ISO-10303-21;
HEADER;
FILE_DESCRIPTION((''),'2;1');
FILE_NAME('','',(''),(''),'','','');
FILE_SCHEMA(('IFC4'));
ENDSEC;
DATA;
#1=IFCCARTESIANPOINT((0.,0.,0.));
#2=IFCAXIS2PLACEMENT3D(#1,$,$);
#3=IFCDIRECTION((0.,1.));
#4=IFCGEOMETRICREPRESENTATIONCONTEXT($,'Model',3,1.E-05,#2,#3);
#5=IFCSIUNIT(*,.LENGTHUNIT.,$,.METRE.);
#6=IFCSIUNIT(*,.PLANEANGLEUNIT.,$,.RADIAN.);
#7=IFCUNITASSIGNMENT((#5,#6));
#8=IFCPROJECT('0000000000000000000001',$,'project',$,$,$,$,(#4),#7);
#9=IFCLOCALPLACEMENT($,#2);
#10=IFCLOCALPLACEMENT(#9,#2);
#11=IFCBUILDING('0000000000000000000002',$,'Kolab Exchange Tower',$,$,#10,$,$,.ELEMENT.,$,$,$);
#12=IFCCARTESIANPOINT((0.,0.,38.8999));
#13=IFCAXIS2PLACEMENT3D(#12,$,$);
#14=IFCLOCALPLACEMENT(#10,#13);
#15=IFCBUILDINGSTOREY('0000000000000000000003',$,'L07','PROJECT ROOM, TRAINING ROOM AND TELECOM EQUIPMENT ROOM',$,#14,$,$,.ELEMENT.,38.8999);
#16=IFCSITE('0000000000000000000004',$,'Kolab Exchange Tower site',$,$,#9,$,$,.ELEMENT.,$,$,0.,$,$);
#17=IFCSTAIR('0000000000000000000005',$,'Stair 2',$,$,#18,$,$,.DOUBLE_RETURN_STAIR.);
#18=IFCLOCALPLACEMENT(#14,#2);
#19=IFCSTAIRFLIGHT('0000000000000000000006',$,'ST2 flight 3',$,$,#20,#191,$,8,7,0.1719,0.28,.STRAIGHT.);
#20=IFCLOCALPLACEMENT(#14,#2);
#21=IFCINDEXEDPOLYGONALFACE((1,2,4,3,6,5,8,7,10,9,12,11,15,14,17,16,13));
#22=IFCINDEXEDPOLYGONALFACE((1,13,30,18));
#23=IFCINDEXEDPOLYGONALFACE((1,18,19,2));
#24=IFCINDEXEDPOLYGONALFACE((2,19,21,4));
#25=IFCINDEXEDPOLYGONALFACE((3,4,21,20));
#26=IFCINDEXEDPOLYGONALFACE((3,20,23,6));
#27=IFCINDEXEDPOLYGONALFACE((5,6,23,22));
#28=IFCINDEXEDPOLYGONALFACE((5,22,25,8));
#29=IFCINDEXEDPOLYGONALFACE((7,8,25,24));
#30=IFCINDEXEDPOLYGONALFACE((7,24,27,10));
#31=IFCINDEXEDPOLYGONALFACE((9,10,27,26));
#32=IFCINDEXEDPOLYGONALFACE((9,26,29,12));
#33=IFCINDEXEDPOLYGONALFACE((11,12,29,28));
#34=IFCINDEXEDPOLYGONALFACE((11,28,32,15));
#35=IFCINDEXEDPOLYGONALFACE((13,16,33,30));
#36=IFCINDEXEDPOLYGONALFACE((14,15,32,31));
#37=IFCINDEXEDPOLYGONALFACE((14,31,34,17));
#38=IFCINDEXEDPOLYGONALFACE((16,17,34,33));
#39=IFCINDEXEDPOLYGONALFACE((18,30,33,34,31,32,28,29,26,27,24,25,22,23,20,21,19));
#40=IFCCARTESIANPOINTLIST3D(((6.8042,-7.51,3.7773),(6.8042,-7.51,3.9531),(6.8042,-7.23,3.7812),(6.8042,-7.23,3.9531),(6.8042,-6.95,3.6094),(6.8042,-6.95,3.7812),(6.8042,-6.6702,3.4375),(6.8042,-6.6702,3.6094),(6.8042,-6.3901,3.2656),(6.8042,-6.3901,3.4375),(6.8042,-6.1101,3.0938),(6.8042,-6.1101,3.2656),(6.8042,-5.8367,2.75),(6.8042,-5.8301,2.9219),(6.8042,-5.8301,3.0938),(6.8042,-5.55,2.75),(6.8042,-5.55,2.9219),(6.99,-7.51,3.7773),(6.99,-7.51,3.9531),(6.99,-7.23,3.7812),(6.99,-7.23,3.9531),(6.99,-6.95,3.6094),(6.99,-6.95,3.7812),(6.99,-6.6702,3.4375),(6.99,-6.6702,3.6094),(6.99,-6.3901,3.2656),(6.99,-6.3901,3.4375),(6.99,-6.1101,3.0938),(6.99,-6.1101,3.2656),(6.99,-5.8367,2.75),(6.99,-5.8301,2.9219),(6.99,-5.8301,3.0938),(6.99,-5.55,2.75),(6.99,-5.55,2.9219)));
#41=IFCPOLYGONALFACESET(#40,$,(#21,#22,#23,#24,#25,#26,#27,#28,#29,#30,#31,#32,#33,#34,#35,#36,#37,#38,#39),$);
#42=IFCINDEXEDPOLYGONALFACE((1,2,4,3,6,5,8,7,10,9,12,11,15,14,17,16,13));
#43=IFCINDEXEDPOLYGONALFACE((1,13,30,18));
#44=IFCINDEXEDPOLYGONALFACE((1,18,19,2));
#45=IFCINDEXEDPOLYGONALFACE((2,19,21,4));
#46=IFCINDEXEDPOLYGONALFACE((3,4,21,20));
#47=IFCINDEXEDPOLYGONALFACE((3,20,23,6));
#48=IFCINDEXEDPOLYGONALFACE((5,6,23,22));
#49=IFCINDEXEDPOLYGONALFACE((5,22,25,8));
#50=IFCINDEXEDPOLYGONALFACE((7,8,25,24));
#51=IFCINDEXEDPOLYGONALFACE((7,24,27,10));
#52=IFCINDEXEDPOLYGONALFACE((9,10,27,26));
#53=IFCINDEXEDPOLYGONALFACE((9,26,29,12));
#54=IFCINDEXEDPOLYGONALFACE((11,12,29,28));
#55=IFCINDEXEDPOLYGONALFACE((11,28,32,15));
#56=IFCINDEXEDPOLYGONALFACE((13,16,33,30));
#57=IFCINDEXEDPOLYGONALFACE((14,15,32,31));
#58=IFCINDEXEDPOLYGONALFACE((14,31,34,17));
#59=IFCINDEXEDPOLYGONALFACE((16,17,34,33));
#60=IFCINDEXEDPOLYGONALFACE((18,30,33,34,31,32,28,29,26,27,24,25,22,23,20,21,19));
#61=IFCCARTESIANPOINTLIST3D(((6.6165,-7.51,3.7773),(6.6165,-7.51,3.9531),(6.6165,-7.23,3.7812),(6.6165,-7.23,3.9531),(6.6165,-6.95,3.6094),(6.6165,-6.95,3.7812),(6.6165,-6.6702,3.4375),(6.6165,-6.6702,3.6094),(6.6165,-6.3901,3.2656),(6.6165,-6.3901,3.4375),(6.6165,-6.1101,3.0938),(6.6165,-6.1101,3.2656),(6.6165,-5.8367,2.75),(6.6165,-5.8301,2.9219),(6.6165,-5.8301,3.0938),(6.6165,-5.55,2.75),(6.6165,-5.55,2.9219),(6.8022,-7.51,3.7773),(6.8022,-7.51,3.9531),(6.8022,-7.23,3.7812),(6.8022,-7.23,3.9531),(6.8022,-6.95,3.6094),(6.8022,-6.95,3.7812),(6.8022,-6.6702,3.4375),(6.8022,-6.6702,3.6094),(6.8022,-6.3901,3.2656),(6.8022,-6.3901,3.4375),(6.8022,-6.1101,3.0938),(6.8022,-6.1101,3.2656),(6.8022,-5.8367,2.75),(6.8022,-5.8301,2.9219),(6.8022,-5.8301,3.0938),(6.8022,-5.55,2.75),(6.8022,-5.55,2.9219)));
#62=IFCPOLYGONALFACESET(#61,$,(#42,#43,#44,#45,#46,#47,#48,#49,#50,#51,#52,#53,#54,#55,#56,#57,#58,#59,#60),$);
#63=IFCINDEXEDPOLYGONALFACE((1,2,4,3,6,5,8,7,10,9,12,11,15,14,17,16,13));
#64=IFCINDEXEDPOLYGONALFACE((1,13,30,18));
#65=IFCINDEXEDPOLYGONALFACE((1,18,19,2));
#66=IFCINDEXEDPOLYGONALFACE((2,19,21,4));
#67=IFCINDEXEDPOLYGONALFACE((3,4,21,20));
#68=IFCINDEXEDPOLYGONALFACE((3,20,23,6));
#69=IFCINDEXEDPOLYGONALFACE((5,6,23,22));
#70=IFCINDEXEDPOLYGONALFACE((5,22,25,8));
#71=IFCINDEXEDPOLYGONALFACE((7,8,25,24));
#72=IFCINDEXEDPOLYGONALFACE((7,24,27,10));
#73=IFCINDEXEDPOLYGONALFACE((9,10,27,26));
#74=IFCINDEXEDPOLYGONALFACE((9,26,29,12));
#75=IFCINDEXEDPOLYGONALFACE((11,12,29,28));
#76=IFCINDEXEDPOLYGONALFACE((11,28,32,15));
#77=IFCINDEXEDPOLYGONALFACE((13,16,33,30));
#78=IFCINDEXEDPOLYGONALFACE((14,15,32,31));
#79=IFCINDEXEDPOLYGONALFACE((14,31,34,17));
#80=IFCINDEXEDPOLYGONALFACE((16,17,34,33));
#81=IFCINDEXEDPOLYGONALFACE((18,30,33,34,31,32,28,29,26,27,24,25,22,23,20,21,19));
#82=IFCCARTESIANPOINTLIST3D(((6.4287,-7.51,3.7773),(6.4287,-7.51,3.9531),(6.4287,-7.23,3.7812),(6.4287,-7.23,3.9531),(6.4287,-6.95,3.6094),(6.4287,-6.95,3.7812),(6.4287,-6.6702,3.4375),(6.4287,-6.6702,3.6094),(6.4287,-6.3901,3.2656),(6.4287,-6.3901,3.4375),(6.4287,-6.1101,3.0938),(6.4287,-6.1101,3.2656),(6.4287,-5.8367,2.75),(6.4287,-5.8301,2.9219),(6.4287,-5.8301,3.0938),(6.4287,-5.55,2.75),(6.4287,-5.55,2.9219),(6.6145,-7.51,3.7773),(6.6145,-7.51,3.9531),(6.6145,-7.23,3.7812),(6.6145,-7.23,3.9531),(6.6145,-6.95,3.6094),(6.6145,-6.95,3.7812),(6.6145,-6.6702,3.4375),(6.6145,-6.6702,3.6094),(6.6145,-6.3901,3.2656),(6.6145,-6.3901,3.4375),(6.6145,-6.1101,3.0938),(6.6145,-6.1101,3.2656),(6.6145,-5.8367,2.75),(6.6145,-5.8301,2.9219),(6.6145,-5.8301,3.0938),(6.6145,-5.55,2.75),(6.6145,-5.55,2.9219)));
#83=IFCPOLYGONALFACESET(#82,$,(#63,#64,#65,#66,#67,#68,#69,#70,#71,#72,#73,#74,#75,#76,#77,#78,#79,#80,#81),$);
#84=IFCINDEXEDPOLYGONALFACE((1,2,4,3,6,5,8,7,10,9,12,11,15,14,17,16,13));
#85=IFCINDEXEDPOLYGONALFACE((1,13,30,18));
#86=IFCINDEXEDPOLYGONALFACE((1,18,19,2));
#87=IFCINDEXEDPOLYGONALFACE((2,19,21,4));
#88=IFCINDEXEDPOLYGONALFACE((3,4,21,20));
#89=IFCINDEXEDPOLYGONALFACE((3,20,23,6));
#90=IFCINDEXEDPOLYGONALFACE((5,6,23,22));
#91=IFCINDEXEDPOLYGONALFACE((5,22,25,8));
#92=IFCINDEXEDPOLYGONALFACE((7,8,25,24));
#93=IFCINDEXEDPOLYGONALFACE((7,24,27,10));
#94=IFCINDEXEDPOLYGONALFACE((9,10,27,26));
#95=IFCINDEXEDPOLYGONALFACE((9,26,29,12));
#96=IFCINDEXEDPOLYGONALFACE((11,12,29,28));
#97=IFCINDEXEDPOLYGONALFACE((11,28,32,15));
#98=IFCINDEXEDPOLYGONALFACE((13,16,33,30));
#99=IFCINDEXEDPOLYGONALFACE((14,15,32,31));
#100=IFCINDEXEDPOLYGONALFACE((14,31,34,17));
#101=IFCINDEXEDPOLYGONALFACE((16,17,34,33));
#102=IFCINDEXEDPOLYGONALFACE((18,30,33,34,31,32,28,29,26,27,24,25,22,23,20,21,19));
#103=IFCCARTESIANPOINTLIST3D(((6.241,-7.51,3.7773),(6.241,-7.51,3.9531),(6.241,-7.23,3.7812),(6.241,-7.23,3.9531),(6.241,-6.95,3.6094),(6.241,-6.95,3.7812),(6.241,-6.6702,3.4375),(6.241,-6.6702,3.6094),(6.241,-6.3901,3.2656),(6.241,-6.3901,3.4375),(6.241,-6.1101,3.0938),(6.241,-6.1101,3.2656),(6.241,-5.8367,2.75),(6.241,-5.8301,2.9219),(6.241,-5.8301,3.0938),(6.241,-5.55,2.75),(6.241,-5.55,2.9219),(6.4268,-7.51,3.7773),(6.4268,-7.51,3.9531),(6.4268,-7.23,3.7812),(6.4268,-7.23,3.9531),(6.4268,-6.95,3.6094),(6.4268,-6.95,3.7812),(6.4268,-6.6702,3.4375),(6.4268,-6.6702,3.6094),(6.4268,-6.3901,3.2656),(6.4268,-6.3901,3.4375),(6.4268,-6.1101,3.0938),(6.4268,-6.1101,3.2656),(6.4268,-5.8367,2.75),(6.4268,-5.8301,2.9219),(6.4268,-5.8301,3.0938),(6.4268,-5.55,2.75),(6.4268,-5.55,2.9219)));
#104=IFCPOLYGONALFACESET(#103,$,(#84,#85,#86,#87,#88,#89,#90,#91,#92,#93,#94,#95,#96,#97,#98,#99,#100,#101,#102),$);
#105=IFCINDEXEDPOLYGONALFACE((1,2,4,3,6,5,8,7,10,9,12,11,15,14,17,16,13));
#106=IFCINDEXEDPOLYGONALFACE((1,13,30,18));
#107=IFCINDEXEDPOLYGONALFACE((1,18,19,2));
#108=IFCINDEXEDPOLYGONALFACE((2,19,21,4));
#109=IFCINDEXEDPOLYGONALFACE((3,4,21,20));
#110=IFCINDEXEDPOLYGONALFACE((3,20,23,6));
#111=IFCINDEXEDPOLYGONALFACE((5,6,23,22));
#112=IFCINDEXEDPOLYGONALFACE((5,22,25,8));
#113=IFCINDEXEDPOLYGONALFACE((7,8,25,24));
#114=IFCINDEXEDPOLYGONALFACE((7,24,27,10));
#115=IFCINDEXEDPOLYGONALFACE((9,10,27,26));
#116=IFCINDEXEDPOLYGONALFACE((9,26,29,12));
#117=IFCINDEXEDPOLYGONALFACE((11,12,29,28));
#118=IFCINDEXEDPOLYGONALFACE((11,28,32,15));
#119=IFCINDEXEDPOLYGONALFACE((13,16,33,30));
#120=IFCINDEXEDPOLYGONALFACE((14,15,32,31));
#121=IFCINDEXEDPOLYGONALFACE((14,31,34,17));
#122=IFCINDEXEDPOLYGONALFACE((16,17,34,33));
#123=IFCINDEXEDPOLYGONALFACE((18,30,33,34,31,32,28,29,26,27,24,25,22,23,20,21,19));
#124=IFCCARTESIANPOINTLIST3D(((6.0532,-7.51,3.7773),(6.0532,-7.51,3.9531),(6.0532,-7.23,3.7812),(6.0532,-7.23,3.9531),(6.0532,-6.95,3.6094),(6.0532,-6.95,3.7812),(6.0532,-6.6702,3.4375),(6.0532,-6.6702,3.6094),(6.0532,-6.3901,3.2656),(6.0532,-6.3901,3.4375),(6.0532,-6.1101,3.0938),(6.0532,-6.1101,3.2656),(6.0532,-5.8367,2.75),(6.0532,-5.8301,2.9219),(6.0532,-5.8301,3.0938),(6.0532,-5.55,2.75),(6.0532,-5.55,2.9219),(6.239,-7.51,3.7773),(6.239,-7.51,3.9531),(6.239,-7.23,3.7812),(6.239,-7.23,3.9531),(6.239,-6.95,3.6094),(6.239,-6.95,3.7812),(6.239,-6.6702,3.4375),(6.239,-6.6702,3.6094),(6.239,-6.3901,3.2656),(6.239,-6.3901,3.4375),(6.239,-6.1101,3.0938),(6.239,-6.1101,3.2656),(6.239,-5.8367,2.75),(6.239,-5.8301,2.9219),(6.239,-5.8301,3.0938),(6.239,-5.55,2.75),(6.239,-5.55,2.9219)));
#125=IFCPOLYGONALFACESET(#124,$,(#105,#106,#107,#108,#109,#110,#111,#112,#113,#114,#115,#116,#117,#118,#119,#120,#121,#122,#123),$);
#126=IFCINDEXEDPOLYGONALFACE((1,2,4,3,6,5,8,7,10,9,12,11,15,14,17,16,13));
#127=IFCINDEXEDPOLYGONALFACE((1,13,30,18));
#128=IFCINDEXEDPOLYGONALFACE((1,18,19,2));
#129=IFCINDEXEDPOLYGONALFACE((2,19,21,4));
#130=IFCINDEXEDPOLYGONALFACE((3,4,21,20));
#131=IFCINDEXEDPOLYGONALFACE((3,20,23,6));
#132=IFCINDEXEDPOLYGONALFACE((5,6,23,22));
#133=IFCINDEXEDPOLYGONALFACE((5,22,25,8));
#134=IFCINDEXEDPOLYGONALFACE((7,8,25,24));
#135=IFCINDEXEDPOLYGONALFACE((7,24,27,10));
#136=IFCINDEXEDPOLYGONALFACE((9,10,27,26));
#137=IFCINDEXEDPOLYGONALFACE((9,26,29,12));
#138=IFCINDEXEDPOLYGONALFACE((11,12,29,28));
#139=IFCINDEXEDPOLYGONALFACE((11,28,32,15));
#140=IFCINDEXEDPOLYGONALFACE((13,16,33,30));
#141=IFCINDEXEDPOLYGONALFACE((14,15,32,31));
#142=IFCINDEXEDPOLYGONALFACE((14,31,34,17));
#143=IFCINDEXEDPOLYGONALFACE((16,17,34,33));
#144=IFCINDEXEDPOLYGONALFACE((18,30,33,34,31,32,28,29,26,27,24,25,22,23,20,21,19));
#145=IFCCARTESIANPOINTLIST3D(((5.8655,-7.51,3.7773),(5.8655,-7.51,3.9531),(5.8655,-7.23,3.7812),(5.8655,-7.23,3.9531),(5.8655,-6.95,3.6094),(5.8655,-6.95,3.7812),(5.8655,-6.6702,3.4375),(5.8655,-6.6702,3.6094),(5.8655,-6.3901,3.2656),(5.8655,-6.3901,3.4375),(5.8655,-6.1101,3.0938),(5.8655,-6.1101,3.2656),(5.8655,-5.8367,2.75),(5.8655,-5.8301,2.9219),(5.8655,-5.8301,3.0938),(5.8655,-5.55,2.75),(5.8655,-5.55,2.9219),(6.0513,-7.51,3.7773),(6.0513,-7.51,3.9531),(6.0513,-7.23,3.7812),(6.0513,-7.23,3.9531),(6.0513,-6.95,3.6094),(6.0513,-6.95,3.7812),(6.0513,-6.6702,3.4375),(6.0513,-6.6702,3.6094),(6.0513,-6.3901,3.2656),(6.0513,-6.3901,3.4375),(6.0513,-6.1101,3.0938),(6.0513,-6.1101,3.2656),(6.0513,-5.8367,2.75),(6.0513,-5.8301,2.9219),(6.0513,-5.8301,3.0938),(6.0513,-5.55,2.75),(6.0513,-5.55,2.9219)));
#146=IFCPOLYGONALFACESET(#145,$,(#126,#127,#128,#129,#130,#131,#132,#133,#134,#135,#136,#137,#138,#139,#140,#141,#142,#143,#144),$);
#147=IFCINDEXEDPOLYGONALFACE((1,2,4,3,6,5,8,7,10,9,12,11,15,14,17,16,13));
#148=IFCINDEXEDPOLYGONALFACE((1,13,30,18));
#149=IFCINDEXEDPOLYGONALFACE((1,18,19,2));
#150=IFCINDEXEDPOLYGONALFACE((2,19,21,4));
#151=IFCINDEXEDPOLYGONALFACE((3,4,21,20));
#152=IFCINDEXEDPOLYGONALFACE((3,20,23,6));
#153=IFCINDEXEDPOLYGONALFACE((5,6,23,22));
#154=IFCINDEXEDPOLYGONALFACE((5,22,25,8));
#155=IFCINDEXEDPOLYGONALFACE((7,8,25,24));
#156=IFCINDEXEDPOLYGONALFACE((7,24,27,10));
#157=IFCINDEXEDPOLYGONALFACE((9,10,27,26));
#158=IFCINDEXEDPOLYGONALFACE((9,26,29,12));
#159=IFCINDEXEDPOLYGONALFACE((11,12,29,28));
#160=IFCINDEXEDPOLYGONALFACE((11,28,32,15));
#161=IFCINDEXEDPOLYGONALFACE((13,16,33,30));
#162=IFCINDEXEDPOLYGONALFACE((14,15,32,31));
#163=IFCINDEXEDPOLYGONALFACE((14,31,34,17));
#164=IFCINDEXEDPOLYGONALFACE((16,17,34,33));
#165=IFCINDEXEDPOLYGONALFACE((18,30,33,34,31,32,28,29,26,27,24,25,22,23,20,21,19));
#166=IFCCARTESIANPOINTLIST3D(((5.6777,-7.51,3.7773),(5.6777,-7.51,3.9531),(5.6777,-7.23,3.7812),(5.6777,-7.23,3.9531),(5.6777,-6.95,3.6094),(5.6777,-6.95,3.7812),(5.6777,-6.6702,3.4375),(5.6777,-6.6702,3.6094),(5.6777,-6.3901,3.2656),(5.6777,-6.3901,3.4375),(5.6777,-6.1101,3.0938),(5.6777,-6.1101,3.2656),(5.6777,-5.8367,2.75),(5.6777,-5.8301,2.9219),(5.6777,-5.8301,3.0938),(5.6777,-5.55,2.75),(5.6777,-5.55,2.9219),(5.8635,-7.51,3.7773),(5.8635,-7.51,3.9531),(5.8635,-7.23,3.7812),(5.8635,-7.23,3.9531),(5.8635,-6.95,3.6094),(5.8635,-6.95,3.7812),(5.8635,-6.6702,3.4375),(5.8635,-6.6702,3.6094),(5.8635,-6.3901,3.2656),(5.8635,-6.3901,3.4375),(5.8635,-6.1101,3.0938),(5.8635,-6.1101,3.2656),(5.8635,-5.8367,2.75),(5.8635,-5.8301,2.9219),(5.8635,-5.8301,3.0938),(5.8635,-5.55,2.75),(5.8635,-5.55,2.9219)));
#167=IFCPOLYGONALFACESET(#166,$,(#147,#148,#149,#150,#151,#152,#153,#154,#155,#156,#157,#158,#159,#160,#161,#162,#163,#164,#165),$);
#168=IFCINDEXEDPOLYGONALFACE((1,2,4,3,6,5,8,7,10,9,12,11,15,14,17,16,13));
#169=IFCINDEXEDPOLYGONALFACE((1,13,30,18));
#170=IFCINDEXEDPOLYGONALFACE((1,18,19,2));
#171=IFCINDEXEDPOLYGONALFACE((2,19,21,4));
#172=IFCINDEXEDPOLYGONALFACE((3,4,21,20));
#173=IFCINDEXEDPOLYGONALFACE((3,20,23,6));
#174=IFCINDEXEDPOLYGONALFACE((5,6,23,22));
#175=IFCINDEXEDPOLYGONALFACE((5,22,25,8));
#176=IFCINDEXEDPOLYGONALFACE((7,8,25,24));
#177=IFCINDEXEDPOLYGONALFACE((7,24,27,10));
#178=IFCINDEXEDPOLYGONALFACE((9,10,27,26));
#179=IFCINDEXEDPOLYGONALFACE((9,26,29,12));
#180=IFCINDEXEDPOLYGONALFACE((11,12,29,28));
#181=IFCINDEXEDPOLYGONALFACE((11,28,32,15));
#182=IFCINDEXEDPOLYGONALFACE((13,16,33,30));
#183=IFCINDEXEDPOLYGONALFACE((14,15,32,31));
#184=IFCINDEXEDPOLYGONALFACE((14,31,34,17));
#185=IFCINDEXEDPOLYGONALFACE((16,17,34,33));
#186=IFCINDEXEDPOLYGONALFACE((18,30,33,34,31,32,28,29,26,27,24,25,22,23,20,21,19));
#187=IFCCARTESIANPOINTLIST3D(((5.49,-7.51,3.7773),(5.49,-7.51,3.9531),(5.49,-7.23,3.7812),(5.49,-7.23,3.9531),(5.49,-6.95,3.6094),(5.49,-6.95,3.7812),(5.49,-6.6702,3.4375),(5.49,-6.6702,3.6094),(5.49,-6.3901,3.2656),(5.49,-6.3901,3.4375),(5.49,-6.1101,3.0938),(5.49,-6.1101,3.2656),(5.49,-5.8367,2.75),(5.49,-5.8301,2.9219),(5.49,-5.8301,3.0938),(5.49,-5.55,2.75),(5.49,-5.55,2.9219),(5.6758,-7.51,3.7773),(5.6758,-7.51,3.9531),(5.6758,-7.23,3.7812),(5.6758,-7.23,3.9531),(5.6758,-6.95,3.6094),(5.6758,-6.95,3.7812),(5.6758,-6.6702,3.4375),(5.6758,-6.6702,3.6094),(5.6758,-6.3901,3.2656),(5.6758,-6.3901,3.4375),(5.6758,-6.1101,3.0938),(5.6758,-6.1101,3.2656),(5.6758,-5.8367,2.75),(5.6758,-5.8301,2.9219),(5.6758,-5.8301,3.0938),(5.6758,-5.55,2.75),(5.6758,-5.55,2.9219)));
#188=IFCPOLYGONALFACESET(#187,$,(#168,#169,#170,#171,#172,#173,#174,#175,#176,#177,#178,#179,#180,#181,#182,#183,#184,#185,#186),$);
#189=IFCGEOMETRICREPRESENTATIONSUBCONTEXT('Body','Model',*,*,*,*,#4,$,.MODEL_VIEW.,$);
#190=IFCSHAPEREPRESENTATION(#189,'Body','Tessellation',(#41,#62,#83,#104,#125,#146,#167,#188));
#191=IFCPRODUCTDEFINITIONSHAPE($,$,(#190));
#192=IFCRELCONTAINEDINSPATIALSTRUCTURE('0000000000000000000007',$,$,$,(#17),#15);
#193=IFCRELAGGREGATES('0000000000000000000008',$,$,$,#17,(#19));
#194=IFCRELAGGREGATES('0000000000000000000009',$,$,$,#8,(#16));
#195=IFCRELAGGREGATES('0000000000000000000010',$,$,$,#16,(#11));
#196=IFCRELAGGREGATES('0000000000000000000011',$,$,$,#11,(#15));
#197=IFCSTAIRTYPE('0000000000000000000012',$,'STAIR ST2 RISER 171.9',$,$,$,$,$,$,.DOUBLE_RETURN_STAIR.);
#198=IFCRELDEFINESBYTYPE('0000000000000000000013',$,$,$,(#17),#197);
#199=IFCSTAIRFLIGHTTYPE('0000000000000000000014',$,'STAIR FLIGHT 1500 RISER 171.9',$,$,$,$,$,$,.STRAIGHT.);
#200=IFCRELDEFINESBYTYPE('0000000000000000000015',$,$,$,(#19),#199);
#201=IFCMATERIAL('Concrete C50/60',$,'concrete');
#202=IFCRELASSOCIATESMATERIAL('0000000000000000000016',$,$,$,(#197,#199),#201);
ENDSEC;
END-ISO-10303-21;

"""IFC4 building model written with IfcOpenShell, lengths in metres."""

from ifc_helpers import new_model, si_unit, direction, frame, origin, place, context, subcontext, project, spatial, polyline, outline, extrude, material, type_object, element, aggregate, save


model = new_model("IFC4")

# Units and contexts
model_context = context("Model", 3, precision=1e-05, world=origin(), true_north=direction((0.0, 1.0)))
body_context = subcontext(model_context, "Body", "Model", "MODEL_VIEW")
ifc_project = project(units=[si_unit("LENGTHUNIT", "METRE"), si_unit("PLANEANGLEUNIT", "RADIAN")], contexts=[model_context])

# Site, building, storey
site_placement = place(None, origin())
site = spatial("IfcSite", under=ifc_project, at=site_placement, Name="Kolab Exchange Tower site", CompositionType="ELEMENT", RefElevation=0.0)
building_placement = place(site_placement, origin())
building = spatial("IfcBuilding", under=site, at=building_placement, Name="Kolab Exchange Tower", CompositionType="ELEMENT")
storey_placement = place(building_placement, frame((0.0, 0.0, 38.8999)))
storey = spatial("IfcBuildingStorey", under=building, at=storey_placement, Name="L07", Description="PROJECT ROOM, TRAINING ROOM AND TELECOM EQUIPMENT ROOM", CompositionType="ELEMENT", Elevation=38.8999)

# Shared definitions
ifc_material_1 = material(Name="Concrete C50/60", Category="concrete")

# Stair, stair flight
stair_type = type_object("IfcStairType", Name="STAIR ST2 RISER 171.9", PredefinedType="DOUBLE_RETURN_STAIR", material=ifc_material_1)
stair_placement = place(storey_placement, origin())
stair = element("IfcStair", 1, at=stair_placement, inside=storey, type_object=stair_type, Name="Stair 2", PredefinedType="DOUBLE_RETURN_STAIR")
stair_flight_type = type_object("IfcStairFlightType", Name="STAIR FLIGHT 1500 RISER 171.9", PredefinedType="STRAIGHT", material=ifc_material_1)
stair_flight_1_placement = place(storey_placement, frame((6.24, -5.55, 2.75), z_axis=(0.0, 0.0, 1.0), x_axis=(0.0, -1.0, 0.0)))
stair_flight_1 = element("IfcStairFlight", 2, at=stair_flight_1_placement, type_object=stair_flight_type, Name="ST2 flight 3", NumberOfRisers=8, NumberOfTreads=7, PredefinedType="STRAIGHT", RiserHeight=0.1719, TreadLength=0.28, context=body_context, shape_type="SweptSolid", body=[
    extrude(outline(polyline([(0.0, 0.0), (0.0, 0.1719), (0.28, 0.1719), (0.28, 0.3438), (0.5601, 0.3438), (0.5601, 0.5156), (0.8401, 0.5156), (0.8401, 0.6875), (1.1201, 0.6875), (1.1201, 0.8594), (1.3999, 0.8594), (1.3999, 1.0312), (1.6799, 1.0312), (1.6799, 1.2031), (1.96, 1.2031), (1.96, 1.375), (1.96, 1.0273), (0.2866, 0.0), (0.0, 0.0)])), frame((0.0, 0.75, 0.0), z_axis=(0.0, -1.0, 0.0), x_axis=(1.0, 0.0, 0.0)), (0.0, 0.0, 1.0), 0.1858),
    extrude(outline(polyline([(0.0, 0.0), (0.0, 0.1719), (0.28, 0.1719), (0.28, 0.3438), (0.5601, 0.3438), (0.5601, 0.5156), (0.8401, 0.5156), (0.8401, 0.6875), (1.1201, 0.6875), (1.1201, 0.8594), (1.3999, 0.8594), (1.3999, 1.0312), (1.6799, 1.0312), (1.6799, 1.2031), (1.96, 1.2031), (1.96, 1.375), (1.96, 1.0273), (0.2866, 0.0), (0.0, 0.0)])), frame((0.0, 0.5623, 0.0), z_axis=(0.0, -1.0, 0.0), x_axis=(1.0, 0.0, 0.0)), (0.0, 0.0, 1.0), 0.1858),
    extrude(outline(polyline([(0.0, 0.0), (0.0, 0.1719), (0.28, 0.1719), (0.28, 0.3438), (0.5601, 0.3438), (0.5601, 0.5156), (0.8401, 0.5156), (0.8401, 0.6875), (1.1201, 0.6875), (1.1201, 0.8594), (1.3999, 0.8594), (1.3999, 1.0312), (1.6799, 1.0312), (1.6799, 1.2031), (1.96, 1.2031), (1.96, 1.375), (1.96, 1.0273), (0.2866, 0.0), (0.0, 0.0)])), frame((0.0, 0.3745, 0.0), z_axis=(0.0, -1.0, 0.0), x_axis=(1.0, 0.0, 0.0)), (0.0, 0.0, 1.0), 0.1858),
    extrude(outline(polyline([(0.0, 0.0), (0.0, 0.1719), (0.28, 0.1719), (0.28, 0.3438), (0.5601, 0.3438), (0.5601, 0.5156), (0.8401, 0.5156), (0.8401, 0.6875), (1.1201, 0.6875), (1.1201, 0.8594), (1.3999, 0.8594), (1.3999, 1.0312), (1.6799, 1.0312), (1.6799, 1.2031), (1.96, 1.2031), (1.96, 1.375), (1.96, 1.0273), (0.2866, 0.0), (0.0, 0.0)])), frame((0.0, 0.1868, 0.0), z_axis=(0.0, -1.0, 0.0), x_axis=(1.0, 0.0, 0.0)), (0.0, 0.0, 1.0), 0.1858),
    extrude(outline(polyline([(0.0, 0.0), (0.0, 0.1719), (0.28, 0.1719), (0.28, 0.3438), (0.5601, 0.3438), (0.5601, 0.5156), (0.8401, 0.5156), (0.8401, 0.6875), (1.1201, 0.6875), (1.1201, 0.8594), (1.3999, 0.8594), (1.3999, 1.0312), (1.6799, 1.0312), (1.6799, 1.2031), (1.96, 1.2031), (1.96, 1.375), (1.96, 1.0273), (0.2866, 0.0), (0.0, 0.0)])), frame((0.0, -0.001, 0.0), z_axis=(0.0, -1.0, 0.0), x_axis=(1.0, 0.0, 0.0)), (0.0, 0.0, 1.0), 0.1858),
    extrude(outline(polyline([(0.0, 0.0), (0.0, 0.1719), (0.28, 0.1719), (0.28, 0.3438), (0.5601, 0.3438), (0.5601, 0.5156), (0.8401, 0.5156), (0.8401, 0.6875), (1.1201, 0.6875), (1.1201, 0.8594), (1.3999, 0.8594), (1.3999, 1.0312), (1.6799, 1.0312), (1.6799, 1.2031), (1.96, 1.2031), (1.96, 1.375), (1.96, 1.0273), (0.2866, 0.0), (0.0, 0.0)])), frame((0.0, -0.1887, 0.0), z_axis=(0.0, -1.0, 0.0), x_axis=(1.0, 0.0, 0.0)), (0.0, 0.0, 1.0), 0.1858),
    extrude(outline(polyline([(0.0, 0.0), (0.0, 0.1719), (0.28, 0.1719), (0.28, 0.3438), (0.5601, 0.3438), (0.5601, 0.5156), (0.8401, 0.5156), (0.8401, 0.6875), (1.1201, 0.6875), (1.1201, 0.8594), (1.3999, 0.8594), (1.3999, 1.0312), (1.6799, 1.0312), (1.6799, 1.2031), (1.96, 1.2031), (1.96, 1.375), (1.96, 1.0273), (0.2866, 0.0), (0.0, 0.0)])), frame((0.0, -0.3765, 0.0), z_axis=(0.0, -1.0, 0.0), x_axis=(1.0, 0.0, 0.0)), (0.0, 0.0, 1.0), 0.1858),
    extrude(outline(polyline([(0.0, 0.0), (0.0, 0.1719), (0.28, 0.1719), (0.28, 0.3438), (0.5601, 0.3438), (0.5601, 0.5156), (0.8401, 0.5156), (0.8401, 0.6875), (1.1201, 0.6875), (1.1201, 0.8594), (1.3999, 0.8594), (1.3999, 1.0312), (1.6799, 1.0312), (1.6799, 1.2031), (1.96, 1.2031), (1.96, 1.375), (1.96, 1.0273), (0.2866, 0.0), (0.0, 0.0)])), frame((0.0, -0.5642, 0.0), z_axis=(0.0, -1.0, 0.0), x_axis=(1.0, 0.0, 0.0)), (0.0, 0.0, 1.0), 0.1858),
])
aggregate(stair, [stair_flight_1])

save(model, "model.ifc")
